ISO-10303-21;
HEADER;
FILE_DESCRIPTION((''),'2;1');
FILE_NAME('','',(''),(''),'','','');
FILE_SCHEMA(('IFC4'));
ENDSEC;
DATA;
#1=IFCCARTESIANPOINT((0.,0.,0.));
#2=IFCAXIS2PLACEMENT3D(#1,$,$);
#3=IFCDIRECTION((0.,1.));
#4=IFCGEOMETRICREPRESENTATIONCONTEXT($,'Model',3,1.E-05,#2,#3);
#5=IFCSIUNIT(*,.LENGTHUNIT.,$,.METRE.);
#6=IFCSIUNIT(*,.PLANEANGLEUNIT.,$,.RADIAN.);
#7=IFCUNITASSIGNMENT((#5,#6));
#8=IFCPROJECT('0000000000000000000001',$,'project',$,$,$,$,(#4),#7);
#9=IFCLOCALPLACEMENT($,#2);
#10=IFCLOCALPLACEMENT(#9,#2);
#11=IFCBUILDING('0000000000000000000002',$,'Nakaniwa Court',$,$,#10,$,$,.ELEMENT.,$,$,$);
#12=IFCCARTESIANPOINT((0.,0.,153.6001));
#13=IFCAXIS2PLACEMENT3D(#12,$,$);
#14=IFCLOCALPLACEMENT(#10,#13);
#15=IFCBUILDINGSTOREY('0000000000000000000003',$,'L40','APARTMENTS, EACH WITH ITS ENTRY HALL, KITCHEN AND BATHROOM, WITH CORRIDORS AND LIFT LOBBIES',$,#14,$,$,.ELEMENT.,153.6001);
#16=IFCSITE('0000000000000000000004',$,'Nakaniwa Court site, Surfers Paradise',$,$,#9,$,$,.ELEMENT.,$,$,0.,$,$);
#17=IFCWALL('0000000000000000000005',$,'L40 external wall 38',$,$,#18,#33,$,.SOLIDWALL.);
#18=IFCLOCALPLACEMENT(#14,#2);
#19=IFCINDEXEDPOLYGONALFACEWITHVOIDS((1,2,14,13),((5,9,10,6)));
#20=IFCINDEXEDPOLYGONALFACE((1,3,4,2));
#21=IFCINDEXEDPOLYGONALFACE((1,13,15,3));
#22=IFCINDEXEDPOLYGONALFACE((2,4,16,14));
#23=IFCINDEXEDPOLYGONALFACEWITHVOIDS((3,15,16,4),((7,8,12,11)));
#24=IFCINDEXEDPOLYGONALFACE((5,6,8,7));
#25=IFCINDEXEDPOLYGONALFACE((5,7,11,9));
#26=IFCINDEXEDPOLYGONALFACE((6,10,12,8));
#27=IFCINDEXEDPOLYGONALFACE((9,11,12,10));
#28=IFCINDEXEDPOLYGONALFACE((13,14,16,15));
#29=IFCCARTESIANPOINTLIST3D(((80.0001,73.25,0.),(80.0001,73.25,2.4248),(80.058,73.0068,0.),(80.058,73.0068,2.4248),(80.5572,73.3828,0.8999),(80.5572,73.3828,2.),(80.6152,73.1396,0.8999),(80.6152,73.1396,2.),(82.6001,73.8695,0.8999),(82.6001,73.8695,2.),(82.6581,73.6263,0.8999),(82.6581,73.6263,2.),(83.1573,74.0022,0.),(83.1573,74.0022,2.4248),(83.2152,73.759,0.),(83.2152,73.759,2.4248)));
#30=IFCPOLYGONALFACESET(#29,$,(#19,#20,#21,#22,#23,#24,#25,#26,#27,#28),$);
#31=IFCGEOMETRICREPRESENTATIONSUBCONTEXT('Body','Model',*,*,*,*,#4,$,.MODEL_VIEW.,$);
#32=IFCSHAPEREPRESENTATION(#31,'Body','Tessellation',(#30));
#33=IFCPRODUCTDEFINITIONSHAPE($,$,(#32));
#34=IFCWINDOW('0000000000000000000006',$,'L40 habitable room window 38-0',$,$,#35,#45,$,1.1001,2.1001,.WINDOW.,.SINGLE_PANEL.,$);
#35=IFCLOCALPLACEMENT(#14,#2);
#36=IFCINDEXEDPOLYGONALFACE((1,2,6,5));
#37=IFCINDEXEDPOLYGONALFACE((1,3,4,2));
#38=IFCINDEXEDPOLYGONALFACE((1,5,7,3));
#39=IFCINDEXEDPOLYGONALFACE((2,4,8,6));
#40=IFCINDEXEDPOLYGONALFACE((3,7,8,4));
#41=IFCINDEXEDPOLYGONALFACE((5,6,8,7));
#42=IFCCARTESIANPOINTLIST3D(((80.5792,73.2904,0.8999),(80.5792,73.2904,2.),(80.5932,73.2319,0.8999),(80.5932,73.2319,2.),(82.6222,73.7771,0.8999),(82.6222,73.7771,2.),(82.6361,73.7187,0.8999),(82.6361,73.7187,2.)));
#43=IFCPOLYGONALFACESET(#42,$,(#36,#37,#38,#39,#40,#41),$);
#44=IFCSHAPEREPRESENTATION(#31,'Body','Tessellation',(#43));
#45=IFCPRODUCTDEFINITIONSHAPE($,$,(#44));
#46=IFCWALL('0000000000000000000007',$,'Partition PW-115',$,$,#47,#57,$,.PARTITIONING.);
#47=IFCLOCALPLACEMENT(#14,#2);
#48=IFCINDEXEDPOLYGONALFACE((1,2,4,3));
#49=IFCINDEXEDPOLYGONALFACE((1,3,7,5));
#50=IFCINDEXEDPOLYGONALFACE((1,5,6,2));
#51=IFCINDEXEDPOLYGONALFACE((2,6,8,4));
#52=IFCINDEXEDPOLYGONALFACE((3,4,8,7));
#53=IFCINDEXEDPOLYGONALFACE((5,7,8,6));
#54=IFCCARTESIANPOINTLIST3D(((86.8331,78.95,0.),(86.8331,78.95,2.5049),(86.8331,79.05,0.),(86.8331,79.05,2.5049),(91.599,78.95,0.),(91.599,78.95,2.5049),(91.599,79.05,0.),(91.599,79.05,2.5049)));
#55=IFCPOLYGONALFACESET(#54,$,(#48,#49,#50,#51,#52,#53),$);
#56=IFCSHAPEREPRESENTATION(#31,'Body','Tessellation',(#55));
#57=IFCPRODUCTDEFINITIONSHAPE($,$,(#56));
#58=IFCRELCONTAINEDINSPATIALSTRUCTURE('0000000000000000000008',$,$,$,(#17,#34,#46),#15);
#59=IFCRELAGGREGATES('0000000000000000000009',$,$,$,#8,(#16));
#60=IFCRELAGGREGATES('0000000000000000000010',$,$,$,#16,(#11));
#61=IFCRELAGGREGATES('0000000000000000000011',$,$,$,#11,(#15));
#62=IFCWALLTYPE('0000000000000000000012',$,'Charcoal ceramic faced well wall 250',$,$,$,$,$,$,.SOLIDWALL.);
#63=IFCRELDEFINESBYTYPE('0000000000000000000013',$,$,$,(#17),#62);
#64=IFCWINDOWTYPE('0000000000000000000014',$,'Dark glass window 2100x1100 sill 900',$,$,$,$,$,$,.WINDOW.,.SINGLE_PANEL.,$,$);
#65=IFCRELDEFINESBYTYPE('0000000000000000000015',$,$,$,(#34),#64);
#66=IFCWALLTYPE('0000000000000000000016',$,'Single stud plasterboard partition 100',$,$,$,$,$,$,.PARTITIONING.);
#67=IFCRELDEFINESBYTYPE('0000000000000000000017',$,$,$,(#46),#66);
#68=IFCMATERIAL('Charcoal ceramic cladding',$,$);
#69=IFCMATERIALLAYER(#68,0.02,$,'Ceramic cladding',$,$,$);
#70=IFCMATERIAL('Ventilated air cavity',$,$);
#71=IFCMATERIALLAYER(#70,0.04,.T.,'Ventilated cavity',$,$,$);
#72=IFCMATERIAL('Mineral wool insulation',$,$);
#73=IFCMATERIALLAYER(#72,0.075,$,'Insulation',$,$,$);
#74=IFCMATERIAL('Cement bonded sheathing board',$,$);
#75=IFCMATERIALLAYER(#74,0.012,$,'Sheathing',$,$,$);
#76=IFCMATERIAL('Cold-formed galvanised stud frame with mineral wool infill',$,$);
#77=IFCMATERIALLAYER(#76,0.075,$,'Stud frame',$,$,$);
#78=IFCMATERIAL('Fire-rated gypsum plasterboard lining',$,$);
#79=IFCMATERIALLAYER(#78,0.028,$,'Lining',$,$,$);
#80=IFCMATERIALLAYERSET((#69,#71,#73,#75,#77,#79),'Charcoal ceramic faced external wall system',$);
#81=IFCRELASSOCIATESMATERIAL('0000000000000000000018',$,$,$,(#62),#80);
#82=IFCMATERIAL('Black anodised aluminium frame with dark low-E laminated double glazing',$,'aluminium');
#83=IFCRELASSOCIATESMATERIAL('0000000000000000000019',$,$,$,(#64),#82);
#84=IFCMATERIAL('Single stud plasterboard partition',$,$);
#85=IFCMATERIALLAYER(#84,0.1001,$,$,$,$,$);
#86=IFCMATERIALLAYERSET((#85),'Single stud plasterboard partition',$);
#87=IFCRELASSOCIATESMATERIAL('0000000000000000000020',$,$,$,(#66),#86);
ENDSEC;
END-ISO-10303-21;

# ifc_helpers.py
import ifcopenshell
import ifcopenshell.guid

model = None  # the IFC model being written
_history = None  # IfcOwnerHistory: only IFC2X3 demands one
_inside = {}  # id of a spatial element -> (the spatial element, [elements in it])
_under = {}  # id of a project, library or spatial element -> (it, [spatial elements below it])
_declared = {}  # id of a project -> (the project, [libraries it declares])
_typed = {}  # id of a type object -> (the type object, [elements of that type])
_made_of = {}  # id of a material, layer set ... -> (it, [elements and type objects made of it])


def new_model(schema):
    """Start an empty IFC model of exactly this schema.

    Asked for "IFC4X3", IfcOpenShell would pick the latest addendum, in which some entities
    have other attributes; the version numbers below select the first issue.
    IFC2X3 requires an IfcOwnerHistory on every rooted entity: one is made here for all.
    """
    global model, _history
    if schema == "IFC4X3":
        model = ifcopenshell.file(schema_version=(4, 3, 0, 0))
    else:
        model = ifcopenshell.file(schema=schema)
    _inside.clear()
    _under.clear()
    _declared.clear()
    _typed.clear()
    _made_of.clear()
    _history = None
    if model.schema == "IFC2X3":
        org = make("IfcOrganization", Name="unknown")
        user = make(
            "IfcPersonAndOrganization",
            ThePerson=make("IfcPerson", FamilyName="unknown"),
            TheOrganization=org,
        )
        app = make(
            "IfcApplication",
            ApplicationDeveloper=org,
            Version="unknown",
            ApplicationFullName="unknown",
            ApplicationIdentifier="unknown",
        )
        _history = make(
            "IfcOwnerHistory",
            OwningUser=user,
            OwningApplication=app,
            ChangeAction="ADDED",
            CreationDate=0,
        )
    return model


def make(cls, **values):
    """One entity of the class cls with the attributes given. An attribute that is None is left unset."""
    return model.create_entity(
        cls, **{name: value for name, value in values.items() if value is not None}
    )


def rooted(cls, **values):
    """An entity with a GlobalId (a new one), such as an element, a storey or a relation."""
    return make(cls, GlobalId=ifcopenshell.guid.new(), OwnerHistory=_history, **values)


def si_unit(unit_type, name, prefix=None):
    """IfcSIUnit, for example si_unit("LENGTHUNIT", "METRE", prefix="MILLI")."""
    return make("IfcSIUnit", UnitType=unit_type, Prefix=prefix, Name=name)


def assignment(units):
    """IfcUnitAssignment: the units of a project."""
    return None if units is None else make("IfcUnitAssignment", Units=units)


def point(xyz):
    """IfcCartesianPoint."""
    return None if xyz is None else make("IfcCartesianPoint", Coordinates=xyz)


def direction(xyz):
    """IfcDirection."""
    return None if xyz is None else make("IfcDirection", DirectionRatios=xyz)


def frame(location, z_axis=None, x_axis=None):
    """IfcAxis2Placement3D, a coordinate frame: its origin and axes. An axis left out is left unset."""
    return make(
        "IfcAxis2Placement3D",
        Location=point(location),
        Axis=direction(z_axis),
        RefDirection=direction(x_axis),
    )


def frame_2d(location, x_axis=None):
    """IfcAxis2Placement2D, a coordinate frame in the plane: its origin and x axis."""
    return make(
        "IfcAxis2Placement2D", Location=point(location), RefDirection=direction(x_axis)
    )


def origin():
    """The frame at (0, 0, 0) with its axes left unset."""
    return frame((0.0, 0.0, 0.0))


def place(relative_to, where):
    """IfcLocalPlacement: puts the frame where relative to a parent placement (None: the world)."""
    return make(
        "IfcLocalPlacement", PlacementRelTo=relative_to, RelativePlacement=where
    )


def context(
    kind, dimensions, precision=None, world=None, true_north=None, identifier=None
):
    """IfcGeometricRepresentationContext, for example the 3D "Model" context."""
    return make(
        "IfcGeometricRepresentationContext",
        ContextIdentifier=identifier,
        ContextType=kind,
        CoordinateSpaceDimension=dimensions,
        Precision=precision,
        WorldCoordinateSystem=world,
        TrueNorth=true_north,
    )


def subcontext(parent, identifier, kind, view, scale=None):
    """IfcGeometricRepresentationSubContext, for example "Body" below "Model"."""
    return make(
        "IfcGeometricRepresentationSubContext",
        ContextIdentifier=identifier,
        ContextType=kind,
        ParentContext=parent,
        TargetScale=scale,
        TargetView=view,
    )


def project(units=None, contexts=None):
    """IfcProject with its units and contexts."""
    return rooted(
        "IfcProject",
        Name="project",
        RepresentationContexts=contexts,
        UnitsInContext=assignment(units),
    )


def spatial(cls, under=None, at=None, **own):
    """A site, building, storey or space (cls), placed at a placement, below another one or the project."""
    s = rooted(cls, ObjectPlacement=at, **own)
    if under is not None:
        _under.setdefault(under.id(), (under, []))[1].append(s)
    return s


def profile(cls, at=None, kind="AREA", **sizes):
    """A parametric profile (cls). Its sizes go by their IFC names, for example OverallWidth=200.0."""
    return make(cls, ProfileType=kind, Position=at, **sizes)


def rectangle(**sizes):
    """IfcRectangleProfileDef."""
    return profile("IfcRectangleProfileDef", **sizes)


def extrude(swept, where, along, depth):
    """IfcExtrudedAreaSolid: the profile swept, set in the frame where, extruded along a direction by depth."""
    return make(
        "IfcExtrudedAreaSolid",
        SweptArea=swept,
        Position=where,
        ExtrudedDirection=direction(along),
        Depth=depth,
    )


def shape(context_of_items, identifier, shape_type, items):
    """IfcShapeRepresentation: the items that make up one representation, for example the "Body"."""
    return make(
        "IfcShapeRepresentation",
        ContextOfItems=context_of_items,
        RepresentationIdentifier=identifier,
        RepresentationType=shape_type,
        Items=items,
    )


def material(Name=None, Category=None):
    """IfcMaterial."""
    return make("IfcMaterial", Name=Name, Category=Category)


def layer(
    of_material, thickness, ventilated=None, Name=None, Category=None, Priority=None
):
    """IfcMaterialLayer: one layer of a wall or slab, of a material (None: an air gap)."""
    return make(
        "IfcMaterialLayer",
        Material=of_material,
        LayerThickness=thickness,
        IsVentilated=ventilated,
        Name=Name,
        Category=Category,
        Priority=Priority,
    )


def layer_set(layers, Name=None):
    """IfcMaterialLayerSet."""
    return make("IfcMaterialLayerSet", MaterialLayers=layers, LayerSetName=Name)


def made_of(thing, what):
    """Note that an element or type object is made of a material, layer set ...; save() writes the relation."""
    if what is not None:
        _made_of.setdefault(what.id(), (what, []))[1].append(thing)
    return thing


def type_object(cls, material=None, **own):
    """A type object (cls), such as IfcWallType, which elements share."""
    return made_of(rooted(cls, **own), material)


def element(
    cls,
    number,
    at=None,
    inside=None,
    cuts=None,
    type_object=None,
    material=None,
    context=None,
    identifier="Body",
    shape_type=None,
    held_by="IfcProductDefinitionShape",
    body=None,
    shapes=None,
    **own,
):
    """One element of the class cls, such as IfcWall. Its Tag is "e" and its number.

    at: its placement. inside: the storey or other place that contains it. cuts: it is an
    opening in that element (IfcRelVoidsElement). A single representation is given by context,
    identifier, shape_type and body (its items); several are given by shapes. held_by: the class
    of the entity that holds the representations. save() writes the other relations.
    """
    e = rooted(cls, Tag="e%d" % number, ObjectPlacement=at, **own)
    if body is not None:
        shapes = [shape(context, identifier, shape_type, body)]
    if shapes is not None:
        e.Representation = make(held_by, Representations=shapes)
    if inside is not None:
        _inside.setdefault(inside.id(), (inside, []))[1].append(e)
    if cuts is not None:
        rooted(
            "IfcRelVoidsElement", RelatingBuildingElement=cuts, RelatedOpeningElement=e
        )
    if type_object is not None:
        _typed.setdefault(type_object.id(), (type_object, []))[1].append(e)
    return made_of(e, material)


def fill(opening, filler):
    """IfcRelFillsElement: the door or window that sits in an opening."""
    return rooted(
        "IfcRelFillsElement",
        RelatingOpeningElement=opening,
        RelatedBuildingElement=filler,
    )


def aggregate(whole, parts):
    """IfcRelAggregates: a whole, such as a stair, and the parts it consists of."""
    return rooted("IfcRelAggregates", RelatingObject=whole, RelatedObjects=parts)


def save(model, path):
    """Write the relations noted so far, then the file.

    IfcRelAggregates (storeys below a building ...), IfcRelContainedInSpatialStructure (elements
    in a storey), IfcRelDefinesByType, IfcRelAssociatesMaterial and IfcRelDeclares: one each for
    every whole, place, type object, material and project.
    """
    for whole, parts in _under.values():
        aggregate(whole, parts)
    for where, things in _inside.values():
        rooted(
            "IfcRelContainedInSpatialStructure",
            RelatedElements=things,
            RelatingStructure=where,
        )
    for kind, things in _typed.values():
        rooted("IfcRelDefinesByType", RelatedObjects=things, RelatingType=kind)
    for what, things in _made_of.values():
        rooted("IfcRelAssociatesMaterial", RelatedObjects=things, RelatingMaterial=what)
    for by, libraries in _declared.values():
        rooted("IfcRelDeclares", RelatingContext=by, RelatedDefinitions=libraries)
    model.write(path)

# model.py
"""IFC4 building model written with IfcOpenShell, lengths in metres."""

from ifc_helpers import new_model, si_unit, direction, frame, frame_2d, origin, place, context, subcontext, project, spatial, rectangle, extrude, material, layer, layer_set, type_object, element, fill, save


model = new_model("IFC4")

# Units and contexts
model_context = context("Model", 3, precision=1e-05, world=origin(), true_north=direction((0.0, 1.0)))
body_context = subcontext(model_context, "Body", "Model", "MODEL_VIEW")
ifc_project = project(units=[si_unit("LENGTHUNIT", "METRE"), si_unit("PLANEANGLEUNIT", "RADIAN")], contexts=[model_context])

# Site, building, storey
site_placement = place(None, origin())
site = spatial("IfcSite", under=ifc_project, at=site_placement, Name="Nakaniwa Court site, Surfers Paradise", CompositionType="ELEMENT", RefElevation=0.0)
building_placement = place(site_placement, origin())
building = spatial("IfcBuilding", under=site, at=building_placement, Name="Nakaniwa Court", CompositionType="ELEMENT")
storey_placement = place(building_placement, frame((0.0, 0.0, 153.6001)))
storey = spatial("IfcBuildingStorey", under=building, at=storey_placement, Name="L40", Description="APARTMENTS, EACH WITH ITS ENTRY HALL, KITCHEN AND BATHROOM, WITH CORRIDORS AND LIFT LOBBIES", CompositionType="ELEMENT", Elevation=153.6001)

# Wall, opening, window
ifc_material_1 = material(Name="Charcoal ceramic cladding")
ifc_layer_1 = layer(ifc_material_1, 0.02, Name="Ceramic cladding")
ifc_material_2 = material(Name="Ventilated air cavity")
ifc_layer_2 = layer(ifc_material_2, 0.04, ventilated=True, Name="Ventilated cavity")
ifc_material_3 = material(Name="Mineral wool insulation")
ifc_layer_3 = layer(ifc_material_3, 0.075, Name="Insulation")
ifc_material_4 = material(Name="Cement bonded sheathing board")
ifc_layer_4 = layer(ifc_material_4, 0.012, Name="Sheathing")
ifc_material_5 = material(Name="Cold-formed galvanised stud frame with mineral wool infill")
ifc_layer_5 = layer(ifc_material_5, 0.075, Name="Stud frame")
ifc_material_6 = material(Name="Fire-rated gypsum plasterboard lining")
ifc_layer_6 = layer(ifc_material_6, 0.028, Name="Lining")
ifc_layer_set_1 = layer_set([ifc_layer_1, ifc_layer_2, ifc_layer_3, ifc_layer_4, ifc_layer_5, ifc_layer_6], Name="Charcoal ceramic faced external wall system")
wall_type_1 = type_object("IfcWallType", Name="Charcoal ceramic faced well wall 250", PredefinedType="SOLIDWALL", material=ifc_layer_set_1)
ifc_material_7 = material(Name="Black anodised aluminium frame with dark low-E laminated double glazing", Category="aluminium")
window_type_1 = type_object("IfcWindowType", Name="Dark glass window 2100x1100 sill 900", PartitioningType="SINGLE_PANEL", PredefinedType="WINDOW", material=ifc_material_7)
wall_1_placement = place(storey_placement, frame((83.1863, 73.8806, 0.0), z_axis=(0.0, 0.0, 1.0), x_axis=(-0.972773, -0.23176, 0.0)))
wall_1 = element("IfcWall", 1, at=wall_1_placement, inside=storey, type_object=wall_type_1, Name="L40 external wall 38", PredefinedType="SOLIDWALL", context=body_context, shape_type="SweptSolid", body=[
    extrude(rectangle(XDim=3.2456, YDim=0.25, at=frame_2d((1.6228, 0.0))), origin(), (0.0, 0.0, 1.0), 2.4248),
])
opening_1_placement = place(wall_1_placement, frame((0.5728, 0.0, 0.8999)))
opening_1 = element("IfcOpeningElement", 2, at=opening_1_placement, cuts=wall_1, PredefinedType="OPENING", context=body_context, shape_type="SweptSolid", body=[
    extrude(rectangle(XDim=2.1001, YDim=1.1001, at=frame_2d((1.05, 0.55))), frame((0.0, 0.135, 0.0), z_axis=(0.0, -1.0, 0.0), x_axis=(1.0, 0.0, 0.0)), (0.0, 0.0, 1.0), 0.27),
])
window_1_placement = place(opening_1_placement, origin())
window_1 = element("IfcWindow", 3, at=window_1_placement, inside=storey, type_object=window_type_1, Name="L40 habitable room window 38-0", OverallHeight=1.1001, OverallWidth=2.1001, PartitioningType="SINGLE_PANEL", PredefinedType="WINDOW", context=body_context, shape_type="SweptSolid", body=[
    extrude(rectangle(XDim=2.1001, YDim=1.1001, at=frame_2d((1.05, 0.55))), frame((0.0, 0.03, 0.0), z_axis=(0.0, -1.0, 0.0), x_axis=(1.0, 0.0, 0.0)), (0.0, 0.0, 1.0), 0.0601),
])
fill(opening_1, window_1)

# Wall
ifc_material_8 = material(Name="Single stud plasterboard partition")
ifc_layer_7 = layer(ifc_material_8, 0.1001)
ifc_layer_set_2 = layer_set([ifc_layer_7], Name="Single stud plasterboard partition")
wall_type_2 = type_object("IfcWallType", Name="Single stud plasterboard partition 100", PredefinedType="PARTITIONING", material=ifc_layer_set_2)
wall_2_placement = place(storey_placement, frame((86.8333, 79.0, 0.0), z_axis=(0.0, 0.0, 1.0), x_axis=(1.0, 0.0, 0.0)))
element("IfcWall", 4, at=wall_2_placement, inside=storey, type_object=wall_type_2, Name="Partition PW-115", PredefinedType="PARTITIONING", context=body_context, shape_type="SweptSolid", body=[
    extrude(rectangle(XDim=4.7659, YDim=0.1001, at=frame_2d((2.3828, 0.0))), origin(), (0.0, 0.0, 1.0), 2.5049),
])

save(model, "model.ifc")
